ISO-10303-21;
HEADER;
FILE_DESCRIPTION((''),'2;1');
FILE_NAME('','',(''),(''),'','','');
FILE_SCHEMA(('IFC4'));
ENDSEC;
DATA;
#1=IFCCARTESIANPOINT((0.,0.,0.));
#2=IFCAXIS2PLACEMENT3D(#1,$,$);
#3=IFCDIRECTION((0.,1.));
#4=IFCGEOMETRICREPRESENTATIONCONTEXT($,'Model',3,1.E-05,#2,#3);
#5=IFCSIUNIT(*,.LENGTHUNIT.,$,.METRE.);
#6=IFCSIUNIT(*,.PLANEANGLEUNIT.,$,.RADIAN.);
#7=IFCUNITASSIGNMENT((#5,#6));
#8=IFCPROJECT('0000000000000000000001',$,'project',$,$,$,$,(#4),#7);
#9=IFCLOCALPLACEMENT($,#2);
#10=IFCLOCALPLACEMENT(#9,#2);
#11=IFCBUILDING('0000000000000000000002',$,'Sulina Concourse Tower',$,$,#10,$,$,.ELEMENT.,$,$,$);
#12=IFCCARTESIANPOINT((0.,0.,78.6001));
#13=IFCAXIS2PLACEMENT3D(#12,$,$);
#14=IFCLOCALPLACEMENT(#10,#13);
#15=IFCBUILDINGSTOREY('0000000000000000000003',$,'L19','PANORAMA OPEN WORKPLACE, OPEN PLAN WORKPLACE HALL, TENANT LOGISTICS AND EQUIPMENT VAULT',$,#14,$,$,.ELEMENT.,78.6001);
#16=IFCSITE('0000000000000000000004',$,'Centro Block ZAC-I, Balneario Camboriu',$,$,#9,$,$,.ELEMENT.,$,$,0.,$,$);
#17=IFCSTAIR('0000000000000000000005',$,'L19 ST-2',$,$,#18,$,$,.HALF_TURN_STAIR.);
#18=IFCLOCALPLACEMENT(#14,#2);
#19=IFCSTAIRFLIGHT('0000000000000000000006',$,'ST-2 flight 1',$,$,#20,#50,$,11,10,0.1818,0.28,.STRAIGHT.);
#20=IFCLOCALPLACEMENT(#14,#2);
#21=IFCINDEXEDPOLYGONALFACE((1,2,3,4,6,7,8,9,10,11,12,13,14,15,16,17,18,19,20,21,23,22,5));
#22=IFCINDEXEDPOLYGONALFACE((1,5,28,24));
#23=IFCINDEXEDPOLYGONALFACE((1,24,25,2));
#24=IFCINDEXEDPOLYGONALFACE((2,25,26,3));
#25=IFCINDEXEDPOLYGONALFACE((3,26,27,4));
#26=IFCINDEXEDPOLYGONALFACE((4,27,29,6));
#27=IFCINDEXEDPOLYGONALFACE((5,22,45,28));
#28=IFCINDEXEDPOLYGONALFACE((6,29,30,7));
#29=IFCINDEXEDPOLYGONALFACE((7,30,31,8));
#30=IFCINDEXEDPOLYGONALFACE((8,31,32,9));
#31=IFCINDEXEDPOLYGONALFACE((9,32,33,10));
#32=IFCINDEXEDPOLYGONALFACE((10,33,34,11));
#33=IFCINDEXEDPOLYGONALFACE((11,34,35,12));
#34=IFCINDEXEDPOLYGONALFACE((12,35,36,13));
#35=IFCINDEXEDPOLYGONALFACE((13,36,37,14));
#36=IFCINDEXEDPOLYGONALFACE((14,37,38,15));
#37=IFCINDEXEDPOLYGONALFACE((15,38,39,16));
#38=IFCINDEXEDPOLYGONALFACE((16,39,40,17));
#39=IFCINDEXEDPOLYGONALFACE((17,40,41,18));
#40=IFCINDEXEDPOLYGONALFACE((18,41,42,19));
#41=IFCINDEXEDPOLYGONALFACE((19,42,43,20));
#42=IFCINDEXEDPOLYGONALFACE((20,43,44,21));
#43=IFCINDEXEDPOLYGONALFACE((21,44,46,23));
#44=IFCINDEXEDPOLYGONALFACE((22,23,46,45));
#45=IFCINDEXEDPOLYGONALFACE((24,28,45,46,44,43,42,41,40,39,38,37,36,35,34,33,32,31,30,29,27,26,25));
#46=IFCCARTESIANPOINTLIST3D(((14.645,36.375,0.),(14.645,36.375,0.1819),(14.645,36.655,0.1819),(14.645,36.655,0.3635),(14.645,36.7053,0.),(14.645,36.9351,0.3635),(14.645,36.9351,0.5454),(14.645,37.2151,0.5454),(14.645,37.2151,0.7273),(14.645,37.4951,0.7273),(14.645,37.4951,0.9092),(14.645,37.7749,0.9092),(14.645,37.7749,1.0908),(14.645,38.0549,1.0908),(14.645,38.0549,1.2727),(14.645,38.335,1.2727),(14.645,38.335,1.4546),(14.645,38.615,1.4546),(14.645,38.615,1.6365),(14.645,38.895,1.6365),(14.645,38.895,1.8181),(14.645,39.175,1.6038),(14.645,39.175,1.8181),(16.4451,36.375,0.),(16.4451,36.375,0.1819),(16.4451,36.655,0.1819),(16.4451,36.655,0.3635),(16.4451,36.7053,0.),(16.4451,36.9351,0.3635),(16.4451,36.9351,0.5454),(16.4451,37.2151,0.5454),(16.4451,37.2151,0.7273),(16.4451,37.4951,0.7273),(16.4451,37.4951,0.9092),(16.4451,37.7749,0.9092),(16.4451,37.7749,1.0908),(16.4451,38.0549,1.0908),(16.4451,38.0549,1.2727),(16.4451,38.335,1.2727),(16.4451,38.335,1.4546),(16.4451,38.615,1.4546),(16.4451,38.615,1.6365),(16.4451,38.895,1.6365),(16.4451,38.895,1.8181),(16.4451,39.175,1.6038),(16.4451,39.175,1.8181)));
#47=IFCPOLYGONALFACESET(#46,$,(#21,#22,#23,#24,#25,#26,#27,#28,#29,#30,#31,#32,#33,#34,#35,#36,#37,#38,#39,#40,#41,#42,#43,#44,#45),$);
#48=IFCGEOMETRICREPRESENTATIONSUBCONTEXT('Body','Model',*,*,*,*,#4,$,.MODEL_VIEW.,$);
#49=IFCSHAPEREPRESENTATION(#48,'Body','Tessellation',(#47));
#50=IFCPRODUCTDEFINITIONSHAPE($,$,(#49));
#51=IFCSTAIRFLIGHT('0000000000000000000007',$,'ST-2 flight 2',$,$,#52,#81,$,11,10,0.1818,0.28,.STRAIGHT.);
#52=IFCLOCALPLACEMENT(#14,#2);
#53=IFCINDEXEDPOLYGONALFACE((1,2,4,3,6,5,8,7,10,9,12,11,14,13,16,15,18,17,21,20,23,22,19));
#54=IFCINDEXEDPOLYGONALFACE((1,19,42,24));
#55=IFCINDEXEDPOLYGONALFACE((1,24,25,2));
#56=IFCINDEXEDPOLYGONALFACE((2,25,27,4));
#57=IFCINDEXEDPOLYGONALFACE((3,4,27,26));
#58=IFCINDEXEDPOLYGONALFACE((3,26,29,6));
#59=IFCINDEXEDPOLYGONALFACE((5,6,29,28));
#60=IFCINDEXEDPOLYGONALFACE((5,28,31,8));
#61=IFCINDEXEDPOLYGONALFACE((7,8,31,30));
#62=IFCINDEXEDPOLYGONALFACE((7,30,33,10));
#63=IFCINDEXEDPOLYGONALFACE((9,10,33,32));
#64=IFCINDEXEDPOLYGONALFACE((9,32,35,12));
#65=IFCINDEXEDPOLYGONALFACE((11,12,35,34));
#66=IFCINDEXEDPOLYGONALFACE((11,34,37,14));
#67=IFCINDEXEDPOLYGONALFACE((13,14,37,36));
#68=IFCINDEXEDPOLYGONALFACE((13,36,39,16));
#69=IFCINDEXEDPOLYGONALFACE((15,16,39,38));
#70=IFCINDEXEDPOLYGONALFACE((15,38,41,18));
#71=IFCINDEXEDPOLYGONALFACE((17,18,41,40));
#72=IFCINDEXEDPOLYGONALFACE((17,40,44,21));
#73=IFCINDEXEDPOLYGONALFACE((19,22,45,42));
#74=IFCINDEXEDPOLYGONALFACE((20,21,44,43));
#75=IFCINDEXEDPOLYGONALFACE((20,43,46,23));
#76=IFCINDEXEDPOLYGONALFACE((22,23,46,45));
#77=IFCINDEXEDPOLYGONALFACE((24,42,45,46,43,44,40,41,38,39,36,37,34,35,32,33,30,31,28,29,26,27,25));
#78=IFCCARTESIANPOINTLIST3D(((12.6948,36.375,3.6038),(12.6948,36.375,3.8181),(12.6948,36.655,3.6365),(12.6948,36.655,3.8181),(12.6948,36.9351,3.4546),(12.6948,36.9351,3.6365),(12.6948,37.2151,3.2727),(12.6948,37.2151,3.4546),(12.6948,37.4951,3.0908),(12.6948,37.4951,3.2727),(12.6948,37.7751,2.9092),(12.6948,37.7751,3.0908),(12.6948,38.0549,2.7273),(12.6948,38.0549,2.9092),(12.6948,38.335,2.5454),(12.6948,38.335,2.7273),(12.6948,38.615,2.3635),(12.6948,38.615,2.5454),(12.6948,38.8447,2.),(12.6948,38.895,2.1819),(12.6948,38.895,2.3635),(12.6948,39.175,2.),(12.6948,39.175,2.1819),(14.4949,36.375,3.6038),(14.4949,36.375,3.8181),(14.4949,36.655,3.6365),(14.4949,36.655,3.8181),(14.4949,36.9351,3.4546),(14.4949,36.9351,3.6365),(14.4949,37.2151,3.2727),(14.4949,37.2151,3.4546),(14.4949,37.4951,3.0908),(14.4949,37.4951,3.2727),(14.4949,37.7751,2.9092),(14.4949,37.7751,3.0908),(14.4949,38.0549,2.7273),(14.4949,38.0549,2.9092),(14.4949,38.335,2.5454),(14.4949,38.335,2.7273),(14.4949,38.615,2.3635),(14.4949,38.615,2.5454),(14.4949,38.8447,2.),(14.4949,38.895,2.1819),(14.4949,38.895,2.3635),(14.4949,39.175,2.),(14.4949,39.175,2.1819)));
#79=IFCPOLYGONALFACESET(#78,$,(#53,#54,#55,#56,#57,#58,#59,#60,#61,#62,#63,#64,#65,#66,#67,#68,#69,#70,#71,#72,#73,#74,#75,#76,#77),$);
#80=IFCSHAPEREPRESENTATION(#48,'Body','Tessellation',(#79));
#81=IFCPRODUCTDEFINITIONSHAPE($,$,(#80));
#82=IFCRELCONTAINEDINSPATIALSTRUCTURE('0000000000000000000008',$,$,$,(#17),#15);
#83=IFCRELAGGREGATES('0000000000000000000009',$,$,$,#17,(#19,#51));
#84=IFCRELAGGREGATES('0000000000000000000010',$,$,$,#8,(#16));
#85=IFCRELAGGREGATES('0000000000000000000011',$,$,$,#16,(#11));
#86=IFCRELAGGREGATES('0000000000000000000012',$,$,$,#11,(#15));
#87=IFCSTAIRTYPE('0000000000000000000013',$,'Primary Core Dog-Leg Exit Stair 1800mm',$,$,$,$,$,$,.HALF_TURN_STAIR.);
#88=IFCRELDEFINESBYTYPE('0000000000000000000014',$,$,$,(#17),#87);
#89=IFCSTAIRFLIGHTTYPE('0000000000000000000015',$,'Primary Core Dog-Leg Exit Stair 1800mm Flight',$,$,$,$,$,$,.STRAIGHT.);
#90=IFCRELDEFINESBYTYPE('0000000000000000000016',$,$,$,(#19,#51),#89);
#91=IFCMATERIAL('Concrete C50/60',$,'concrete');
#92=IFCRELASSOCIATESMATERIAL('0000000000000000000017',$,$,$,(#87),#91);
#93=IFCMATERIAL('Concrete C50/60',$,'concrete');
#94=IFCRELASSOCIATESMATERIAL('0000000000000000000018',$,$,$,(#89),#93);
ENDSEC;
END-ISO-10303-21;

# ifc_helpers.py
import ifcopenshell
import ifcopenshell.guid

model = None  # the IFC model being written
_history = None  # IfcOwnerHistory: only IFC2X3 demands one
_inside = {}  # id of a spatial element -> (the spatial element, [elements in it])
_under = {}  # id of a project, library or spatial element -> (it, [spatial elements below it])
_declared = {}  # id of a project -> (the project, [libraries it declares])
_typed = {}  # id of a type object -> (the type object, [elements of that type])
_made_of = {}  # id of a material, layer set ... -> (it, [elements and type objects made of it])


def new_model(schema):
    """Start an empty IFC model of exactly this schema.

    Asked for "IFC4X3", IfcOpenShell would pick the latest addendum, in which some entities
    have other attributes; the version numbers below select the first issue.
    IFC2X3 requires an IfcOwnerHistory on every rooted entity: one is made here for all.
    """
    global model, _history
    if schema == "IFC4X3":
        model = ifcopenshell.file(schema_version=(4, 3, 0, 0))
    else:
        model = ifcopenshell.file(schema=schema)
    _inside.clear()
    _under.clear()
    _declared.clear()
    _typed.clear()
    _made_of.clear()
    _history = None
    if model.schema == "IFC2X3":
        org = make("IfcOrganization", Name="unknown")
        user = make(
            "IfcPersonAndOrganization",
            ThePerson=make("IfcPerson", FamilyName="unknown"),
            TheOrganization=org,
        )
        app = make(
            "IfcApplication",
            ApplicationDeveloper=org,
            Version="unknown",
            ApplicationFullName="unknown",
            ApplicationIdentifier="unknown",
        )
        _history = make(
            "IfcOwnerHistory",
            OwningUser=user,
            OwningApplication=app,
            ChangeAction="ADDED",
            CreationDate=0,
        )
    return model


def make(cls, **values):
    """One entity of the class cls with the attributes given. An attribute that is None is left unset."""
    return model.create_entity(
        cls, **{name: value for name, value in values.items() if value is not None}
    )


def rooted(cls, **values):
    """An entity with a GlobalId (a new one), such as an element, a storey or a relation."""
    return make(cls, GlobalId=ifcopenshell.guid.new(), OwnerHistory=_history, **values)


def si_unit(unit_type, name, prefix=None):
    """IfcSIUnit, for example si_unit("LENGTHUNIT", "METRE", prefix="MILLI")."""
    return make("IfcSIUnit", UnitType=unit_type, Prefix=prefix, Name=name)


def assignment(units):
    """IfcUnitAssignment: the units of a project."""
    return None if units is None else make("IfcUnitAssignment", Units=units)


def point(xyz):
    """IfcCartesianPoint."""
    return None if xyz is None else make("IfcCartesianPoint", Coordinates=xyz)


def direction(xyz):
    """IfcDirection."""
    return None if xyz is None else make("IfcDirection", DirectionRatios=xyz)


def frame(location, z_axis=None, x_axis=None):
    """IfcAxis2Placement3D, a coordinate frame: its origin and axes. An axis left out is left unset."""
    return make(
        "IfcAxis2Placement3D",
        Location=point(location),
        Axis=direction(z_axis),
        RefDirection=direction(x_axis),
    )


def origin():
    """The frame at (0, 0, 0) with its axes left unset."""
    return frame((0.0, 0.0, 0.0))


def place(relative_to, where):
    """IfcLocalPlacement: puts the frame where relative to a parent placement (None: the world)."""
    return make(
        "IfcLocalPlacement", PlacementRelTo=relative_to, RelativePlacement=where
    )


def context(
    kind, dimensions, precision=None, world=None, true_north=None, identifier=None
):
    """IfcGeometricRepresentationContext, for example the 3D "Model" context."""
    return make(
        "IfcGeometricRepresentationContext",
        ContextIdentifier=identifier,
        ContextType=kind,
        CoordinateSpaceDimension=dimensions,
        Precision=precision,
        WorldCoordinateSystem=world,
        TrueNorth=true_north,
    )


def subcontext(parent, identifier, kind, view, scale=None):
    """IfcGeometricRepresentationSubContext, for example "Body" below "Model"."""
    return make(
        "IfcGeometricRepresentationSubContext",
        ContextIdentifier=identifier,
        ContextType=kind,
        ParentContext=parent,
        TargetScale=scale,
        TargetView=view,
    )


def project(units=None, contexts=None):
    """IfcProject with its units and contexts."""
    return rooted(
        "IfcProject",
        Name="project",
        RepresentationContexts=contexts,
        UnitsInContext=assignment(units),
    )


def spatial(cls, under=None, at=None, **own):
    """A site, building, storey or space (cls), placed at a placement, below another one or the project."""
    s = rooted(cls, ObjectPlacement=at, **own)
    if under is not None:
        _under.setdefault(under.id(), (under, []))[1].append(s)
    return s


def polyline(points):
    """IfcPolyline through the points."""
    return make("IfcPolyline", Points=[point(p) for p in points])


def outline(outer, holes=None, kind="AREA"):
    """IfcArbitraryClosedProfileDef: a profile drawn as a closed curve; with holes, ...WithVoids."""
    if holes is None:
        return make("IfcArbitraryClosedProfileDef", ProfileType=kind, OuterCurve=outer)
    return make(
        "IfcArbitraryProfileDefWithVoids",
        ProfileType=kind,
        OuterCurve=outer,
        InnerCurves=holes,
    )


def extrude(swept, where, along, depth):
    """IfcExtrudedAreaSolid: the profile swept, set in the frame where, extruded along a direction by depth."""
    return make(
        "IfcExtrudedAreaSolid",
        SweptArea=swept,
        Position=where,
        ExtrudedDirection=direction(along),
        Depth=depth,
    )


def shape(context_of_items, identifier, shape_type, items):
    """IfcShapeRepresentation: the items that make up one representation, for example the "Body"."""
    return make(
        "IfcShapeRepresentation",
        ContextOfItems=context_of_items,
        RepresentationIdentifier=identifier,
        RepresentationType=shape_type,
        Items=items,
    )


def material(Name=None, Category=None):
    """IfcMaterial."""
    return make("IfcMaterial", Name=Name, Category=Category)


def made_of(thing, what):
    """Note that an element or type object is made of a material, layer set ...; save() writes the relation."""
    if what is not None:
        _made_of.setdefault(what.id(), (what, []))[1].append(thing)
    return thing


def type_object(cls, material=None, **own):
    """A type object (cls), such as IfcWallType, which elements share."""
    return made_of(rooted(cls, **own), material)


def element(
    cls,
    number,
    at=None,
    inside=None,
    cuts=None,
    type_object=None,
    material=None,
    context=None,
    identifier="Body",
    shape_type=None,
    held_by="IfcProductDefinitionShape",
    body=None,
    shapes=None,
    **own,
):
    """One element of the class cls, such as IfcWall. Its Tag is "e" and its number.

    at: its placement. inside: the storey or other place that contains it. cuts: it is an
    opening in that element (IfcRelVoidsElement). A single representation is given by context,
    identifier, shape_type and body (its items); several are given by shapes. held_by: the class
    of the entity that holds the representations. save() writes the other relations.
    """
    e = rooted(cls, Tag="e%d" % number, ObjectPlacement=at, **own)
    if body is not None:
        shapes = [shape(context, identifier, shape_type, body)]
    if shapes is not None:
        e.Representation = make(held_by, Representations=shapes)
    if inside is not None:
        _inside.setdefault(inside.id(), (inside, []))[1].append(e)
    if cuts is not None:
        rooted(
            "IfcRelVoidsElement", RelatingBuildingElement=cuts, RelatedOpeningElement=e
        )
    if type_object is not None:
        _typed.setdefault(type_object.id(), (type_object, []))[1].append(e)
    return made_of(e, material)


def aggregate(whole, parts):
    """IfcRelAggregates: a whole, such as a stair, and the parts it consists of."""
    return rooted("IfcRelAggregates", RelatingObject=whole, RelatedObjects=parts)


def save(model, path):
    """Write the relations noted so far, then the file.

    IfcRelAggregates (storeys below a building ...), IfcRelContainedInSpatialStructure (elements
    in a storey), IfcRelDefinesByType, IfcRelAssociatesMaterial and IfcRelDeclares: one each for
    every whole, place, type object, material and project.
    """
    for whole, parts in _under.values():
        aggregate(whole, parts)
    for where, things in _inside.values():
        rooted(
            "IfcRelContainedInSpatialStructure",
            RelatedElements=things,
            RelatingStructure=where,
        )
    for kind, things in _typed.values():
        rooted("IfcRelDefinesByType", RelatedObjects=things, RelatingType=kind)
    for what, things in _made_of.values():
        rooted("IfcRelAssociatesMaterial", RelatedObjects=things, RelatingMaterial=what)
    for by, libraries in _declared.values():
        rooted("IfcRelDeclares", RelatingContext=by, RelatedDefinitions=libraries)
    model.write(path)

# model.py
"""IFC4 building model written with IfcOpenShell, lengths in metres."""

from ifc_helpers import new_model, si_unit, direction, frame, origin, place, context, subcontext, project, spatial, polyline, outline, extrude, material, type_object, element, aggregate, save


model = new_model("IFC4")

# Units and contexts
model_context = context("Model", 3, precision=1e-05, world=origin(), true_north=direction((0.0, 1.0)))
body_context = subcontext(model_context, "Body", "Model", "MODEL_VIEW")
ifc_project = project(units=[si_unit("LENGTHUNIT", "METRE"), si_unit("PLANEANGLEUNIT", "RADIAN")], contexts=[model_context])

# Site, building, storey
site_placement = place(None, origin())
site = spatial("IfcSite", under=ifc_project, at=site_placement, Name="Centro Block ZAC-I, Balneario Camboriu", CompositionType="ELEMENT", RefElevation=0.0)
building_placement = place(site_placement, origin())
building = spatial("IfcBuilding", under=site, at=building_placement, Name="Sulina Concourse Tower", CompositionType="ELEMENT")
storey_placement = place(building_placement, frame((0.0, 0.0, 78.6001)))
storey = spatial("IfcBuildingStorey", under=building, at=storey_placement, Name="L19", Description="PANORAMA OPEN WORKPLACE, OPEN PLAN WORKPLACE HALL, TENANT LOGISTICS AND EQUIPMENT VAULT", CompositionType="ELEMENT", Elevation=78.6001)

# Stair, stair flights
ifc_material_1 = material(Name="Concrete C50/60", Category="concrete")
stair_type = type_object("IfcStairType", Name="Primary Core Dog-Leg Exit Stair 1800mm", PredefinedType="HALF_TURN_STAIR", material=ifc_material_1)
stair_placement = place(storey_placement, origin())
stair = element("IfcStair", 1, at=stair_placement, inside=storey, type_object=stair_type, Name="L19 ST-2", PredefinedType="HALF_TURN_STAIR")
ifc_material_2 = material(Name="Concrete C50/60", Category="concrete")
stair_flight_type = type_object("IfcStairFlightType", Name="Primary Core Dog-Leg Exit Stair 1800mm Flight", PredefinedType="STRAIGHT", material=ifc_material_2)
stair_flight_1_placement = place(storey_placement, frame((15.5449, 36.375, 0.0), z_axis=(0.0, 0.0, 1.0), x_axis=(0.0, 1.0, 0.0)))
stair_flight_1 = element("IfcStairFlight", 2, at=stair_flight_1_placement, type_object=stair_flight_type, Name="ST-2 flight 1", NumberOfRisers=11, NumberOfTreads=10, PredefinedType="STRAIGHT", RiserHeight=0.1818, TreadLength=0.28, context=body_context, shape_type="SweptSolid", body=[
    extrude(outline(polyline([(0.0, 0.0), (0.0, 0.1819), (0.28, 0.1819), (0.28, 0.3635), (0.5601, 0.3635), (0.5601, 0.5454), (0.8401, 0.5454), (0.8401, 0.7273), (1.1201, 0.7273), (1.1201, 0.9092), (1.3999, 0.9092), (1.3999, 1.0908), (1.6799, 1.0908), (1.6799, 1.2727), (1.96, 1.2727), (1.96, 1.4546), (2.24, 1.4546), (2.24, 1.6365), (2.52, 1.6365), (2.52, 1.8181), (2.8, 1.8181), (2.8, 2.0), (2.8, 1.6038), (0.3303, 0.0), (0.0, 0.0)])), frame((0.0, 0.8999, 0.0), z_axis=(0.0, -1.0, 0.0), x_axis=(1.0, 0.0, 0.0)), (0.0, 0.0, 1.0), 1.8),
])
stair_flight_2_placement = place(storey_placement, frame((13.595, 39.175, 2.0), z_axis=(0.0, 0.0, 1.0), x_axis=(0.0, -1.0, 0.0)))
stair_flight_2 = element("IfcStairFlight", 3, at=stair_flight_2_placement, type_object=stair_flight_type, Name="ST-2 flight 2", NumberOfRisers=11, NumberOfTreads=10, PredefinedType="STRAIGHT", RiserHeight=0.1818, TreadLength=0.28, context=body_context, shape_type="SweptSolid", body=[
    extrude(outline(polyline([(0.0, 0.0), (0.0, 0.1819), (0.28, 0.1819), (0.28, 0.3635), (0.5601, 0.3635), (0.5601, 0.5454), (0.8401, 0.5454), (0.8401, 0.7273), (1.1201, 0.7273), (1.1201, 0.9092), (1.3999, 0.9092), (1.3999, 1.0908), (1.6799, 1.0908), (1.6799, 1.2727), (1.96, 1.2727), (1.96, 1.4546), (2.24, 1.4546), (2.24, 1.6365), (2.52, 1.6365), (2.52, 1.8181), (2.8, 1.8181), (2.8, 2.0), (2.8, 1.6038), (0.3303, 0.0), (0.0, 0.0)])), frame((0.0, 0.8999, 0.0), z_axis=(0.0, -1.0, 0.0), x_axis=(1.0, 0.0, 0.0)), (0.0, 0.0, 1.0), 1.8),
])
aggregate(stair, [stair_flight_1, stair_flight_2])

save(model, "model.ifc")
